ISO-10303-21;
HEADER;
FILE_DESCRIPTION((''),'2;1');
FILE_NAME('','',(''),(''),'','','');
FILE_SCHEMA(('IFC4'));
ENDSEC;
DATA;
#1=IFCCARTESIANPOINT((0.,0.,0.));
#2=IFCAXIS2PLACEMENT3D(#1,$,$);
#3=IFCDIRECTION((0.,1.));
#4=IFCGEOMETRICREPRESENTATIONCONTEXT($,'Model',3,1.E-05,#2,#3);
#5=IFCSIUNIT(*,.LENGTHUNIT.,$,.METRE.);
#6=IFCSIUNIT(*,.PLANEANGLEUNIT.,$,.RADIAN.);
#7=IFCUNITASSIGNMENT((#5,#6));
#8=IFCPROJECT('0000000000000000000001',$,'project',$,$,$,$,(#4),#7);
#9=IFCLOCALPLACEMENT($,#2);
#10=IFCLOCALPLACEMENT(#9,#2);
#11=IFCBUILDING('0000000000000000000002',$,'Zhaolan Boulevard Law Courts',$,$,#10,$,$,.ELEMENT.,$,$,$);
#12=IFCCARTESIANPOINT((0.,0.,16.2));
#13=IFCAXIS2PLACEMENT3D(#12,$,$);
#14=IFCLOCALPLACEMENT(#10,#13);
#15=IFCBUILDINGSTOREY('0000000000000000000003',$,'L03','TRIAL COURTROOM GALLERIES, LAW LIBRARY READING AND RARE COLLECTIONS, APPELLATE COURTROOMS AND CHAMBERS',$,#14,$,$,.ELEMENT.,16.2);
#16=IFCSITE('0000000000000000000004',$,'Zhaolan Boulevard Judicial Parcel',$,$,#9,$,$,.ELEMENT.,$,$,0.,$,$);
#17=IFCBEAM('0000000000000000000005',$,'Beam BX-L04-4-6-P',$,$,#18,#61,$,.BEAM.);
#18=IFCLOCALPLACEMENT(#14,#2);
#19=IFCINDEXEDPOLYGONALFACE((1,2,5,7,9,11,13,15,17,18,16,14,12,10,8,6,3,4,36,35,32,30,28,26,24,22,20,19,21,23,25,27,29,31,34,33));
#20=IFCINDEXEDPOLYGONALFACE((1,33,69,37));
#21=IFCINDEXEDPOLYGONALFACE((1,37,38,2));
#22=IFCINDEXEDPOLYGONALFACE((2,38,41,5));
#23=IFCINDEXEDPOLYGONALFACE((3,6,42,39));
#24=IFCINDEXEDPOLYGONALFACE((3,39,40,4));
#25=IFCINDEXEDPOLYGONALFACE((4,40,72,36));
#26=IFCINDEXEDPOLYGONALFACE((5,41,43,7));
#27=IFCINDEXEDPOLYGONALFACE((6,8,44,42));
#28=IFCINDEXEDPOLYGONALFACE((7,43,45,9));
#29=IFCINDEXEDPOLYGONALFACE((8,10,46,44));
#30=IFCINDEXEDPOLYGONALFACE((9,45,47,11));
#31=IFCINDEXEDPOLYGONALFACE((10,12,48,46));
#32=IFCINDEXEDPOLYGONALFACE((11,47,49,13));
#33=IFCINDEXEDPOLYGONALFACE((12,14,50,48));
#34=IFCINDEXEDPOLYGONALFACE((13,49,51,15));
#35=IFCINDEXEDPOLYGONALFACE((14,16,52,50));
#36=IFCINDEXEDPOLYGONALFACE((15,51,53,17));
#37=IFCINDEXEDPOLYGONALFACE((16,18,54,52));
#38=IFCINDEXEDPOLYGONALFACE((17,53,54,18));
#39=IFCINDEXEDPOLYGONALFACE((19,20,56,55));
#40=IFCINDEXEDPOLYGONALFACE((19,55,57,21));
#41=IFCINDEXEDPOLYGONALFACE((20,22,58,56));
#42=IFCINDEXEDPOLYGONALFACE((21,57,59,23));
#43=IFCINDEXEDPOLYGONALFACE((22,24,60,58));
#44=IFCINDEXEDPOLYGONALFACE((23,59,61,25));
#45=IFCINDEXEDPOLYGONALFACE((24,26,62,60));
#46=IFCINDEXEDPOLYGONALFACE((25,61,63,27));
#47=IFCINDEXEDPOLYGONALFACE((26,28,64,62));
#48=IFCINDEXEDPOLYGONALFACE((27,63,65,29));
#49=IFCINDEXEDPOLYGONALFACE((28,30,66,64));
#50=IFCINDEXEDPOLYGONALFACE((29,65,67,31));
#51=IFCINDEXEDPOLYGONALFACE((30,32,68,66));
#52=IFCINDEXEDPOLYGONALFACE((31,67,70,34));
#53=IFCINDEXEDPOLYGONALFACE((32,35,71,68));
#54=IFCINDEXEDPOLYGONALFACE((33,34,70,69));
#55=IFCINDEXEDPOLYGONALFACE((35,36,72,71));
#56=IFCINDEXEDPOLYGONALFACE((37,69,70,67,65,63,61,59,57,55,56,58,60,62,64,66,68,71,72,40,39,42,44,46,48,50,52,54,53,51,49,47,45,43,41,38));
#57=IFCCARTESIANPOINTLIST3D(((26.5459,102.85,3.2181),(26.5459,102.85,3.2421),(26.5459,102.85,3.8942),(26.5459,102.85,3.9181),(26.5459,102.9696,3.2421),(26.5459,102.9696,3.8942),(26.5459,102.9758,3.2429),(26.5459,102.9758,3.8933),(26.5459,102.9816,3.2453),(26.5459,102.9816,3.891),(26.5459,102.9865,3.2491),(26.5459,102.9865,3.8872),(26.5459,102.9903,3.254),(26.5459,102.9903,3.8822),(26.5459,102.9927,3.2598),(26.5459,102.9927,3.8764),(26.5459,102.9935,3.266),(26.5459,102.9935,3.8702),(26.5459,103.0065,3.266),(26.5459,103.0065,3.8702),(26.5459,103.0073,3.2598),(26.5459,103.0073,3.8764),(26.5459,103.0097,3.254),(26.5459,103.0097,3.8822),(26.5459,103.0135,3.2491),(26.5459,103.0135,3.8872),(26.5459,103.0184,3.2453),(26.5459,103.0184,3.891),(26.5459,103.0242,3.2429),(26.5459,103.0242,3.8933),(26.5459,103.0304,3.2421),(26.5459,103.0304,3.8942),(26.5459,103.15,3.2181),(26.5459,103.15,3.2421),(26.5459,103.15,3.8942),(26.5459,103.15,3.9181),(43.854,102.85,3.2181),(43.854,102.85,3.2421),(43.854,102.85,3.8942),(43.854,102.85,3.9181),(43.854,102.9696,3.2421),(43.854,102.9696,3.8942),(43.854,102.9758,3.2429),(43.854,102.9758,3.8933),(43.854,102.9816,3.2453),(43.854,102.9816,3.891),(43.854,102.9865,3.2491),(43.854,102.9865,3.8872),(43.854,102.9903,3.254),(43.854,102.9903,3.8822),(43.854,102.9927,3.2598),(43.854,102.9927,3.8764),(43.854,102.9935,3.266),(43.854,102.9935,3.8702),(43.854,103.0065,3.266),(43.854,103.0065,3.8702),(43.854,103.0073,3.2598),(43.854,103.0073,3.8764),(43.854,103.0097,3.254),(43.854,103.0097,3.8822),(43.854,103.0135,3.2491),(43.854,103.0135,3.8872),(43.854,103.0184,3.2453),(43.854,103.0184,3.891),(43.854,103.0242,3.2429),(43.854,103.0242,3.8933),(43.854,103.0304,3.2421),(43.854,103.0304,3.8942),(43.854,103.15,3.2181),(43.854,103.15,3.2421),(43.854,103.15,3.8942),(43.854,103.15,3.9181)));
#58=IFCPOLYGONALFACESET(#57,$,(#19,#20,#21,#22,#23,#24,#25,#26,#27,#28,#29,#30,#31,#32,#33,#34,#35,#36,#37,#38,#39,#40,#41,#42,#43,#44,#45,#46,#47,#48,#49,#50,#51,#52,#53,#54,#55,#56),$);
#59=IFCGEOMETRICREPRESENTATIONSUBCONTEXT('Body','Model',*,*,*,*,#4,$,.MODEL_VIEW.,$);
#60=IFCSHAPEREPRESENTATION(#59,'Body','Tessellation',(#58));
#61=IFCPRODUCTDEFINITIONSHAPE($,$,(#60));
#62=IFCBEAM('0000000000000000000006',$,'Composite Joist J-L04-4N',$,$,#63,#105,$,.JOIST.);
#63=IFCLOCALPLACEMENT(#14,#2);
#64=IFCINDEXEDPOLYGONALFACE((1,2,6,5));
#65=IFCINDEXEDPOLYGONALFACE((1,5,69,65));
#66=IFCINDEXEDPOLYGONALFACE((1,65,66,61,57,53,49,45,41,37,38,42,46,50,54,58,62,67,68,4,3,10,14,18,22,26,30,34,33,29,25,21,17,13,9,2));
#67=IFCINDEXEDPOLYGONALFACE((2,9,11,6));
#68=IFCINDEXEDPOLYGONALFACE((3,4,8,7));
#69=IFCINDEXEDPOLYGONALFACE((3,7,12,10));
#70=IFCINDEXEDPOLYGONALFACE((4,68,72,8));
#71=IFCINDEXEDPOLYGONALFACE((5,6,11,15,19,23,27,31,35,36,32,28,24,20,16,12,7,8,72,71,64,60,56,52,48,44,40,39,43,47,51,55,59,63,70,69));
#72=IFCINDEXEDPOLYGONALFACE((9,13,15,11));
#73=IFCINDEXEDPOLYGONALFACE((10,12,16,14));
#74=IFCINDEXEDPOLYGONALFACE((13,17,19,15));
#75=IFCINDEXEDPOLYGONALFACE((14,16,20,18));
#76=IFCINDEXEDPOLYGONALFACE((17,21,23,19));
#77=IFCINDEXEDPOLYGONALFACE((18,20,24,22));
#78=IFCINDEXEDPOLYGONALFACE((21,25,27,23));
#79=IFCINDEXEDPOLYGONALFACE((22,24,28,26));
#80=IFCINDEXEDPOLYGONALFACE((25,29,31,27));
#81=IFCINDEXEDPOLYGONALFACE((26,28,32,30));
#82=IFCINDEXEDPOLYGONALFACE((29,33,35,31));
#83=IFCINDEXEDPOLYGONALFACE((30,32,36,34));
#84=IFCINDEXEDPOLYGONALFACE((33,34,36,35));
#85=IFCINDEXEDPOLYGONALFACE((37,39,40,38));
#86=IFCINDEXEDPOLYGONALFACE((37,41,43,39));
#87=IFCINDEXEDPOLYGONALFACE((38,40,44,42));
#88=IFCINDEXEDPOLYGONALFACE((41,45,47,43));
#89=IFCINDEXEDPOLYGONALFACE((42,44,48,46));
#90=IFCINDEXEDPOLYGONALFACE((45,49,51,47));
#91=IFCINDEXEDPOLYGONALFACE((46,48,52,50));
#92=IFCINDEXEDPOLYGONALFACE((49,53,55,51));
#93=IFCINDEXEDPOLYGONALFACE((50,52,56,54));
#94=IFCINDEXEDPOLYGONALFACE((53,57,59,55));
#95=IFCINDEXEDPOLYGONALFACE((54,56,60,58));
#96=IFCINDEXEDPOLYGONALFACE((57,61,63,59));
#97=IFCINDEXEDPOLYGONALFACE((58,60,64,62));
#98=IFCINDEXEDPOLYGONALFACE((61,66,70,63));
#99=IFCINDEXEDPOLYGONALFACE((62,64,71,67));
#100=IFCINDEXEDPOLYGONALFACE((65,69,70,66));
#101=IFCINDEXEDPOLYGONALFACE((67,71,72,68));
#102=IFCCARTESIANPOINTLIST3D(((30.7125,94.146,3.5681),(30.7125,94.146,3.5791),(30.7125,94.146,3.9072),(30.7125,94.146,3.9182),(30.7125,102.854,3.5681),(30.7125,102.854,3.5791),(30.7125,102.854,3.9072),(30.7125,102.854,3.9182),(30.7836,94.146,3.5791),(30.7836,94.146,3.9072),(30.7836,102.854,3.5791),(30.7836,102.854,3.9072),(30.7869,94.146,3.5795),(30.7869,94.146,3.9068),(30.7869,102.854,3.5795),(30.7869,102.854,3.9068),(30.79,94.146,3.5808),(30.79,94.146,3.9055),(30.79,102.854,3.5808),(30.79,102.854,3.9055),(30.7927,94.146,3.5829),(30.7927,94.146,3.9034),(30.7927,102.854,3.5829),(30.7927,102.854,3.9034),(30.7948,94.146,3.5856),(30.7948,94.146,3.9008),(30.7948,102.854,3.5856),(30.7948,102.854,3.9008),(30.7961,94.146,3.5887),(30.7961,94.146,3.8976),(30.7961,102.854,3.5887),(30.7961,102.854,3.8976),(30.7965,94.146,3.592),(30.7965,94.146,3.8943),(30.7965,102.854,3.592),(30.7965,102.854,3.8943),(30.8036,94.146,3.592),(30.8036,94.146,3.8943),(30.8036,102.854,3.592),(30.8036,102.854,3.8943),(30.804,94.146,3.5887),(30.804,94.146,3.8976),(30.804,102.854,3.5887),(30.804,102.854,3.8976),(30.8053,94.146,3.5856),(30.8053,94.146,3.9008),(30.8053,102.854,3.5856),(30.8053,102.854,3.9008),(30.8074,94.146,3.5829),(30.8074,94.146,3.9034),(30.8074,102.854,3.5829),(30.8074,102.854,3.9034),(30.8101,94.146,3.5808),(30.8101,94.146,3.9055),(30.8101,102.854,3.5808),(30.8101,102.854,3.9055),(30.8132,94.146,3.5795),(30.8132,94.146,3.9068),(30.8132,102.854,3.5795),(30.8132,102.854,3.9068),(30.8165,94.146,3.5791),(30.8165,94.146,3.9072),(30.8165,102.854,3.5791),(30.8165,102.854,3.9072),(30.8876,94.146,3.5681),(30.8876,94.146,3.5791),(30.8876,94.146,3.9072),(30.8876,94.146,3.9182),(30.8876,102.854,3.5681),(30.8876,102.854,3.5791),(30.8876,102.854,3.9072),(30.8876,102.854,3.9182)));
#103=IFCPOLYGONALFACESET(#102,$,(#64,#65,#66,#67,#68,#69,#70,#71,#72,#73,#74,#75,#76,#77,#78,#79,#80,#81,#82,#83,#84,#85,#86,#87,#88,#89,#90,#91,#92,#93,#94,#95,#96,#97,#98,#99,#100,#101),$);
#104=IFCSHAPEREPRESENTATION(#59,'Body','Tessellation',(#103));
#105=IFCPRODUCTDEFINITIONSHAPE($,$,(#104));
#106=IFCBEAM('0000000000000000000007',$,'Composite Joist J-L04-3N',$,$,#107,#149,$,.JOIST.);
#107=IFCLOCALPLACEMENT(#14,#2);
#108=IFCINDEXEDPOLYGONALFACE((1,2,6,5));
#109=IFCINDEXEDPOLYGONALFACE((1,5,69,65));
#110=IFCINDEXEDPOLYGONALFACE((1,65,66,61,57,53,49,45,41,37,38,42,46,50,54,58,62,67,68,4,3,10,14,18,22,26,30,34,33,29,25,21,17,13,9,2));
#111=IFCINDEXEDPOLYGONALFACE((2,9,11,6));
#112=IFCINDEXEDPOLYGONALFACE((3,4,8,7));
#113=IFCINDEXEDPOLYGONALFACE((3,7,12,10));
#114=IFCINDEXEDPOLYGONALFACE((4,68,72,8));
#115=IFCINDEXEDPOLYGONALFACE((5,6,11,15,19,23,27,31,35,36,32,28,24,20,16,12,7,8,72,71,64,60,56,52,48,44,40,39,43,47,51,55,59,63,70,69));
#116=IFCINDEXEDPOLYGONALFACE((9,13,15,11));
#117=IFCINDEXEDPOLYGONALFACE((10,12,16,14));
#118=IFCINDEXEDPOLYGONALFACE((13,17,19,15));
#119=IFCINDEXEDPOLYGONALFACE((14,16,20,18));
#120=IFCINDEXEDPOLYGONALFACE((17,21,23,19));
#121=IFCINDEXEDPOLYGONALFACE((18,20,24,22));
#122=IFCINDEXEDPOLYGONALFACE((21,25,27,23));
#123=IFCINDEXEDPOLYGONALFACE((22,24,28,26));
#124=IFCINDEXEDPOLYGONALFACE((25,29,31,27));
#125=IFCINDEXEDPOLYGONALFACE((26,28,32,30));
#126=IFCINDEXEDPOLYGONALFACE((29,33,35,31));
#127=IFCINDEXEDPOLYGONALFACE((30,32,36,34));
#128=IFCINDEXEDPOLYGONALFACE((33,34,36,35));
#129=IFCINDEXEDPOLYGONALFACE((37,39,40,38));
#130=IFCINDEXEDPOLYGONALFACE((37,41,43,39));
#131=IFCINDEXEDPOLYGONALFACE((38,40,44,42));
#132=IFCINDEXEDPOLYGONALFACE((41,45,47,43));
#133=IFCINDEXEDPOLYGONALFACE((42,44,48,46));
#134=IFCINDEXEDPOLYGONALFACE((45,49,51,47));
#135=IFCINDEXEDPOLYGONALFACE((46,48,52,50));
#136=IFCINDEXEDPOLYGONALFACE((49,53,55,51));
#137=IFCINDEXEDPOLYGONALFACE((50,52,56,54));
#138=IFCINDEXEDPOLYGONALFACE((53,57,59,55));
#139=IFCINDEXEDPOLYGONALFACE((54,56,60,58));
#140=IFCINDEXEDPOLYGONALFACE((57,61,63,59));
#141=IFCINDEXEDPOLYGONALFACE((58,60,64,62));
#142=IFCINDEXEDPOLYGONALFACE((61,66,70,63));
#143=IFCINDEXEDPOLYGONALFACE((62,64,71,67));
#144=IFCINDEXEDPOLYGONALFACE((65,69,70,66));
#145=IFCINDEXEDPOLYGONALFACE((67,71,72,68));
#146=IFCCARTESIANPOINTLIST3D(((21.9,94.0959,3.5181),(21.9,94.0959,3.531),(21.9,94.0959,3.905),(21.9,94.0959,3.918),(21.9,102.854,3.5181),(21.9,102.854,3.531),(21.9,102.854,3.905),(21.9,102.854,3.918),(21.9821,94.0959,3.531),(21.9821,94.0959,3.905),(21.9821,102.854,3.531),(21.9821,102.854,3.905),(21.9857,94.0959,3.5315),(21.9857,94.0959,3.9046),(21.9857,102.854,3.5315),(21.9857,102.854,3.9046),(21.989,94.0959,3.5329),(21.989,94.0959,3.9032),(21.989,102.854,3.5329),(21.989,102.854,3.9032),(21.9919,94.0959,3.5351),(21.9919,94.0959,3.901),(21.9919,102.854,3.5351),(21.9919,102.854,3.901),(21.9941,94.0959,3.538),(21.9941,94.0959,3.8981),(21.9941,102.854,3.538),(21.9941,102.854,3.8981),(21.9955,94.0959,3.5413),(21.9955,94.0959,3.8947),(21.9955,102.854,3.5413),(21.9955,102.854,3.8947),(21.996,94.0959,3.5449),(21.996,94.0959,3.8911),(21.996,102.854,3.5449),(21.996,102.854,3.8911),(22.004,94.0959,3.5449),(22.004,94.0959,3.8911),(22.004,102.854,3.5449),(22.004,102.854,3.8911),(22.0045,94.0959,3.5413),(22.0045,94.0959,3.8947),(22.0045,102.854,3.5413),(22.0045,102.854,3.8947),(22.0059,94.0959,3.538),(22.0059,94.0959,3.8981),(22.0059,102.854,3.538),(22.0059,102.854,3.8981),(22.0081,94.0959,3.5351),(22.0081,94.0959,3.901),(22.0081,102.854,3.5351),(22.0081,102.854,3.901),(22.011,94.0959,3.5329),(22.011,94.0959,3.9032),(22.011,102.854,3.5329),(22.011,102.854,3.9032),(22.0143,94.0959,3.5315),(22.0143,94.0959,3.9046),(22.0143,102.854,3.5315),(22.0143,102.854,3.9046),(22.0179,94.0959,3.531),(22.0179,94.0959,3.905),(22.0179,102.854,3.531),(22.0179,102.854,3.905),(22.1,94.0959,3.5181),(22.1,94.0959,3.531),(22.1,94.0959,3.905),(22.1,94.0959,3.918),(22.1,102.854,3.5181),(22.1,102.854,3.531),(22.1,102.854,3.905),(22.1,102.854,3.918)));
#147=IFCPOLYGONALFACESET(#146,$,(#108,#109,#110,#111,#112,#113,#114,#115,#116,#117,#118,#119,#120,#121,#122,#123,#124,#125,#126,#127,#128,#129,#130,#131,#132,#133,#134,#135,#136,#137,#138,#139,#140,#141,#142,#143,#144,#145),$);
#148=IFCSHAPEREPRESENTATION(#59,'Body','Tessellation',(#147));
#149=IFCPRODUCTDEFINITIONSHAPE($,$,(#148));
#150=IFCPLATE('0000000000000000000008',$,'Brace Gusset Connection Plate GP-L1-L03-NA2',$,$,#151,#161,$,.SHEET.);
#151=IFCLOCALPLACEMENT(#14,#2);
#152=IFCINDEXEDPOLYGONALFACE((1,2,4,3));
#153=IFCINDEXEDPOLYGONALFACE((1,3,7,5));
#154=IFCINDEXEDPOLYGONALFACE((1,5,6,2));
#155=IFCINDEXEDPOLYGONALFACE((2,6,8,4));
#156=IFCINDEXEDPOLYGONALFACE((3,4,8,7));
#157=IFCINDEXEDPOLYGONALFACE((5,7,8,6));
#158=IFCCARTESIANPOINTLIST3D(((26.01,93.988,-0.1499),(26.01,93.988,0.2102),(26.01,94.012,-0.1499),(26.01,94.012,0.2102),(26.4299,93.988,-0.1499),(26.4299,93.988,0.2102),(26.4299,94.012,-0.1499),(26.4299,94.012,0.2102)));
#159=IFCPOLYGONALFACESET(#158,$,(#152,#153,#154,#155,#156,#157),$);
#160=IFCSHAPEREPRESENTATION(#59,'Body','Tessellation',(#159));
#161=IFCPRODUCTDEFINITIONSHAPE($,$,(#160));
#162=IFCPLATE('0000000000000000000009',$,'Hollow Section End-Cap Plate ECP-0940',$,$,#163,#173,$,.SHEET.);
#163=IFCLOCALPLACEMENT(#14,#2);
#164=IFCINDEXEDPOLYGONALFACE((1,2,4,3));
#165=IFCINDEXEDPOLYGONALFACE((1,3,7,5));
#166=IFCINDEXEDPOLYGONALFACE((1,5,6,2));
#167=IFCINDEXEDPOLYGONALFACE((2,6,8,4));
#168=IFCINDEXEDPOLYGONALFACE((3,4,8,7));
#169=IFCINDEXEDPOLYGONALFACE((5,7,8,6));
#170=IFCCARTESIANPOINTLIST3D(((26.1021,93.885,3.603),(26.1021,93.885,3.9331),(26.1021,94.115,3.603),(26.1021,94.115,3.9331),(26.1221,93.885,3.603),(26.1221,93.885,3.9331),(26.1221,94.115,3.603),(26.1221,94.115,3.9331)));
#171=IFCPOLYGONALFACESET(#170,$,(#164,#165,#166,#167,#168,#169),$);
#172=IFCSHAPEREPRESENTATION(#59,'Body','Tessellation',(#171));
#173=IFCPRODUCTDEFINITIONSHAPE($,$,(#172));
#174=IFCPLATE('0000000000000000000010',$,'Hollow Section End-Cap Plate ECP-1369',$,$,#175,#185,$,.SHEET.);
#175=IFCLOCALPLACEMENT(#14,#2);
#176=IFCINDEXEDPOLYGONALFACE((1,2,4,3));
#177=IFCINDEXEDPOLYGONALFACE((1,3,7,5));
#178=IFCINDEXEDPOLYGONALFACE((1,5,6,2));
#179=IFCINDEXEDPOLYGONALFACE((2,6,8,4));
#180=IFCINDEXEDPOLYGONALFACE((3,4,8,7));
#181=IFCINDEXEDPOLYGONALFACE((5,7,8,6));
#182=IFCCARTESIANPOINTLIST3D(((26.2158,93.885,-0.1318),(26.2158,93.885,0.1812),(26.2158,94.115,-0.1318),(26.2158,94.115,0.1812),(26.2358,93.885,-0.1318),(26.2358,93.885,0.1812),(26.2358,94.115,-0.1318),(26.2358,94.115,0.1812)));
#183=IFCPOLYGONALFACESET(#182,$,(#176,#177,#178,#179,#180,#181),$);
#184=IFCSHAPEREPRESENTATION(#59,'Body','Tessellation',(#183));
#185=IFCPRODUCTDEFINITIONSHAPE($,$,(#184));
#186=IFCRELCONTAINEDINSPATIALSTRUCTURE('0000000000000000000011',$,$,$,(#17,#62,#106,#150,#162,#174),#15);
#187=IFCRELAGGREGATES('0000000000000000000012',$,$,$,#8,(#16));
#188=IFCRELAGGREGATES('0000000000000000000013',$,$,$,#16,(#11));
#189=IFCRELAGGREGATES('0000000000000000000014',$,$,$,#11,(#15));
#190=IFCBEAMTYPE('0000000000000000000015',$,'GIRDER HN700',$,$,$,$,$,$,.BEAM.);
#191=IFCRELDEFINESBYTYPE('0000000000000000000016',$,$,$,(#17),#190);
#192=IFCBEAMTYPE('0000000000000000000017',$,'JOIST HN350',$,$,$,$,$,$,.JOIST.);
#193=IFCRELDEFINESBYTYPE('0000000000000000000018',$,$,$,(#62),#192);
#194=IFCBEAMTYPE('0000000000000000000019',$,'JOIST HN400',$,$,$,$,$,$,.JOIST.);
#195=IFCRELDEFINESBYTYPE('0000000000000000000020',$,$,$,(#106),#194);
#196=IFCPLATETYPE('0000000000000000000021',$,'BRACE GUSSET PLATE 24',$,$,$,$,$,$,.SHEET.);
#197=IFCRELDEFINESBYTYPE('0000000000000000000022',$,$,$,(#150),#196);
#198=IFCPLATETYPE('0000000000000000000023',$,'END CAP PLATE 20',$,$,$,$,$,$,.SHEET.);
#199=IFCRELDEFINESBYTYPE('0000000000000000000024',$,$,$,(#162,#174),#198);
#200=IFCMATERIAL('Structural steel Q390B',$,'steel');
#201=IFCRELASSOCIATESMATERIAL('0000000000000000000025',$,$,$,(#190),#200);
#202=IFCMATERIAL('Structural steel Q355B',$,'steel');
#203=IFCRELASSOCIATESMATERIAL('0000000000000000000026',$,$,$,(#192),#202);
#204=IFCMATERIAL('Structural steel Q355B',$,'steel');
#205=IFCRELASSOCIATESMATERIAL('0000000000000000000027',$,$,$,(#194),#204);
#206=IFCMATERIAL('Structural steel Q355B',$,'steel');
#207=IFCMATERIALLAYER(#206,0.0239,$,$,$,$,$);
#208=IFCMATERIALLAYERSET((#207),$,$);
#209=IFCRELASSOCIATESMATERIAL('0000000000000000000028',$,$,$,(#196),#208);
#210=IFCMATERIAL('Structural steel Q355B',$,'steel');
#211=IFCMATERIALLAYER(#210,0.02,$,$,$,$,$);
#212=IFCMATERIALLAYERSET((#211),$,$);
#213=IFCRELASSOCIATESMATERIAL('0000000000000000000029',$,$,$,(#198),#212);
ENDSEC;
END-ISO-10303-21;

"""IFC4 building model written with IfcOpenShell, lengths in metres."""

from ifc_helpers import new_model, si_unit, direction, frame, origin, origin_2d, place, context, subcontext, project, spatial, rectangle, i_section, extrude, material, layer, layer_set, material_profile, profile_set, type_object, element, save


model = new_model("IFC4")

# Units and contexts
model_context = context("Model", 3, precision=1e-05, world=origin(), true_north=direction((0.0, 1.0)))
body_context = subcontext(model_context, "Body", "Model", "MODEL_VIEW")
ifc_project = project(units=[si_unit("LENGTHUNIT", "METRE"), si_unit("PLANEANGLEUNIT", "RADIAN")], contexts=[model_context])

# Site, building, storey
site_placement = place(None, origin())
site = spatial("IfcSite", under=ifc_project, at=site_placement, Name="Zhaolan Boulevard Judicial Parcel", CompositionType="ELEMENT", RefElevation=0.0)
building_placement = place(site_placement, origin())
building = spatial("IfcBuilding", under=site, at=building_placement, Name="Zhaolan Boulevard Law Courts", CompositionType="ELEMENT")
storey_placement = place(building_placement, frame((0.0, 0.0, 16.2)))
storey = spatial("IfcBuildingStorey", under=building, at=storey_placement, Name="L03", Description="TRIAL COURTROOM GALLERIES, LAW LIBRARY READING AND RARE COLLECTIONS, APPELLATE COURTROOMS AND CHAMBERS", CompositionType="ELEMENT", Elevation=16.2)

# Beams
ifc_material_1 = material(Name="Structural steel Q390B", Category="steel")
ifc_material_profile_1 = material_profile(ifc_material_1, i_section(OverallWidth=0.3, OverallDepth=0.7, WebThickness=0.0129, FlangeThickness=0.0239, FilletRadius=0.0239, at=origin_2d()), Name="HN700x300")
ifc_profile_set_1 = profile_set([ifc_material_profile_1], Name="Structural steel Q390B")
beam_type_1 = type_object("IfcBeamType", Name="GIRDER HN700", PredefinedType="BEAM", material=ifc_profile_set_1)
beam_1_placement = place(storey_placement, frame((26.5459, 103.0, 3.5681), z_axis=(1.0, 0.0, 0.0), x_axis=(0.0, 1.0, 0.0)))
element("IfcBeam", 1, at=beam_1_placement, inside=storey, type_object=beam_type_1, Name="Beam BX-L04-4-6-P", PredefinedType="BEAM", context=body_context, shape_type="SweptSolid", body=[
    extrude(i_section(OverallWidth=0.3, OverallDepth=0.7, WebThickness=0.0129, FlangeThickness=0.0239, FilletRadius=0.0239, at=origin_2d()), origin(), (0.0, 0.0, 1.0), 17.3081),
])
ifc_material_2 = material(Name="Structural steel Q355B", Category="steel")
ifc_material_profile_2 = material_profile(ifc_material_2, i_section(OverallWidth=0.175, OverallDepth=0.3501, WebThickness=0.0071, FlangeThickness=0.011, FilletRadius=0.0129, at=origin_2d()), Name="HN350x175")
ifc_profile_set_2 = profile_set([ifc_material_profile_2], Name="Structural steel Q355B")
beam_type_2 = type_object("IfcBeamType", Name="JOIST HN350", PredefinedType="JOIST", material=ifc_profile_set_2)
beam_2_placement = place(storey_placement, frame((30.8, 94.146, 3.7432), z_axis=(0.0, 1.0, 0.0), x_axis=(-1.0, 0.0, 0.0)))
element("IfcBeam", 2, at=beam_2_placement, inside=storey, type_object=beam_type_2, Name="Composite Joist J-L04-4N", PredefinedType="JOIST", context=body_context, shape_type="SweptSolid", body=[
    extrude(i_section(OverallWidth=0.175, OverallDepth=0.3501, WebThickness=0.0071, FlangeThickness=0.011, FilletRadius=0.0129, at=origin_2d()), origin(), (0.0, 0.0, 1.0), 8.708),
])
ifc_material_3 = material(Name="Structural steel Q355B", Category="steel")
ifc_material_profile_3 = material_profile(ifc_material_3, i_section(OverallWidth=0.2, OverallDepth=0.3999, WebThickness=0.0081, FlangeThickness=0.0129, FilletRadius=0.0139, at=origin_2d()), Name="HN400x200")
ifc_profile_set_3 = profile_set([ifc_material_profile_3], Name="Structural steel Q355B")
beam_type_3 = type_object("IfcBeamType", Name="JOIST HN400", PredefinedType="JOIST", material=ifc_profile_set_3)
beam_3_placement = place(storey_placement, frame((22.0, 94.0959, 3.718), z_axis=(0.0, 1.0, 0.0), x_axis=(-1.0, 0.0, 0.0)))
element("IfcBeam", 3, at=beam_3_placement, inside=storey, type_object=beam_type_3, Name="Composite Joist J-L04-3N", PredefinedType="JOIST", context=body_context, shape_type="SweptSolid", body=[
    extrude(i_section(OverallWidth=0.2, OverallDepth=0.3999, WebThickness=0.0081, FlangeThickness=0.0129, FilletRadius=0.0139, at=origin_2d()), origin(), (0.0, 0.0, 1.0), 8.7581),
])

# Plates
ifc_material_4 = material(Name="Structural steel Q355B", Category="steel")
ifc_layer_1 = layer(ifc_material_4, 0.0239)
ifc_layer_set_1 = layer_set([ifc_layer_1])
plate_type_1 = type_object("IfcPlateType", Name="BRACE GUSSET PLATE 24", PredefinedType="SHEET", material=ifc_layer_set_1)
plate_1_placement = place(storey_placement, frame((26.22, 94.0, -0.1499), z_axis=(0.0, 0.0, 1.0), x_axis=(1.0, 0.0, 0.0)))
element("IfcPlate", 4, at=plate_1_placement, inside=storey, type_object=plate_type_1, Name="Brace Gusset Connection Plate GP-L1-L03-NA2", PredefinedType="SHEET", context=body_context, shape_type="SweptSolid", body=[
    extrude(rectangle(XDim=0.4199, YDim=0.0239, at=origin_2d()), origin(), (0.0, 0.0, 1.0), 0.3601),
])
ifc_material_5 = material(Name="Structural steel Q355B", Category="steel")
ifc_layer_2 = layer(ifc_material_5, 0.02)
ifc_layer_set_2 = layer_set([ifc_layer_2])
plate_type_2 = type_object("IfcPlateType", Name="END CAP PLATE 20", PredefinedType="SHEET", material=ifc_layer_set_2)
plate_2_placement = place(storey_placement, frame((26.1121, 94.0, 3.603), z_axis=(0.0, 0.0, 1.0), x_axis=(1.0, 0.0, 0.0)))
element("IfcPlate", 5, at=plate_2_placement, inside=storey, type_object=plate_type_2, Name="Hollow Section End-Cap Plate ECP-0940", PredefinedType="SHEET", context=body_context, shape_type="SweptSolid", body=[
    extrude(rectangle(XDim=0.02, YDim=0.23, at=origin_2d()), origin(), (0.0, 0.0, 1.0), 0.3301),
])
plate_3_placement = place(storey_placement, frame((26.2258, 94.0, -0.1318), z_axis=(0.0, 0.0, 1.0), x_axis=(-1.0, 0.0, 0.0)))
element("IfcPlate", 6, at=plate_3_placement, inside=storey, type_object=plate_type_2, Name="Hollow Section End-Cap Plate ECP-1369", PredefinedType="SHEET", context=body_context, shape_type="SweptSolid", body=[
    extrude(rectangle(XDim=0.02, YDim=0.23, at=origin_2d()), origin(), (0.0, 0.0, 1.0), 0.313),
])

save(model, "model.ifc")
